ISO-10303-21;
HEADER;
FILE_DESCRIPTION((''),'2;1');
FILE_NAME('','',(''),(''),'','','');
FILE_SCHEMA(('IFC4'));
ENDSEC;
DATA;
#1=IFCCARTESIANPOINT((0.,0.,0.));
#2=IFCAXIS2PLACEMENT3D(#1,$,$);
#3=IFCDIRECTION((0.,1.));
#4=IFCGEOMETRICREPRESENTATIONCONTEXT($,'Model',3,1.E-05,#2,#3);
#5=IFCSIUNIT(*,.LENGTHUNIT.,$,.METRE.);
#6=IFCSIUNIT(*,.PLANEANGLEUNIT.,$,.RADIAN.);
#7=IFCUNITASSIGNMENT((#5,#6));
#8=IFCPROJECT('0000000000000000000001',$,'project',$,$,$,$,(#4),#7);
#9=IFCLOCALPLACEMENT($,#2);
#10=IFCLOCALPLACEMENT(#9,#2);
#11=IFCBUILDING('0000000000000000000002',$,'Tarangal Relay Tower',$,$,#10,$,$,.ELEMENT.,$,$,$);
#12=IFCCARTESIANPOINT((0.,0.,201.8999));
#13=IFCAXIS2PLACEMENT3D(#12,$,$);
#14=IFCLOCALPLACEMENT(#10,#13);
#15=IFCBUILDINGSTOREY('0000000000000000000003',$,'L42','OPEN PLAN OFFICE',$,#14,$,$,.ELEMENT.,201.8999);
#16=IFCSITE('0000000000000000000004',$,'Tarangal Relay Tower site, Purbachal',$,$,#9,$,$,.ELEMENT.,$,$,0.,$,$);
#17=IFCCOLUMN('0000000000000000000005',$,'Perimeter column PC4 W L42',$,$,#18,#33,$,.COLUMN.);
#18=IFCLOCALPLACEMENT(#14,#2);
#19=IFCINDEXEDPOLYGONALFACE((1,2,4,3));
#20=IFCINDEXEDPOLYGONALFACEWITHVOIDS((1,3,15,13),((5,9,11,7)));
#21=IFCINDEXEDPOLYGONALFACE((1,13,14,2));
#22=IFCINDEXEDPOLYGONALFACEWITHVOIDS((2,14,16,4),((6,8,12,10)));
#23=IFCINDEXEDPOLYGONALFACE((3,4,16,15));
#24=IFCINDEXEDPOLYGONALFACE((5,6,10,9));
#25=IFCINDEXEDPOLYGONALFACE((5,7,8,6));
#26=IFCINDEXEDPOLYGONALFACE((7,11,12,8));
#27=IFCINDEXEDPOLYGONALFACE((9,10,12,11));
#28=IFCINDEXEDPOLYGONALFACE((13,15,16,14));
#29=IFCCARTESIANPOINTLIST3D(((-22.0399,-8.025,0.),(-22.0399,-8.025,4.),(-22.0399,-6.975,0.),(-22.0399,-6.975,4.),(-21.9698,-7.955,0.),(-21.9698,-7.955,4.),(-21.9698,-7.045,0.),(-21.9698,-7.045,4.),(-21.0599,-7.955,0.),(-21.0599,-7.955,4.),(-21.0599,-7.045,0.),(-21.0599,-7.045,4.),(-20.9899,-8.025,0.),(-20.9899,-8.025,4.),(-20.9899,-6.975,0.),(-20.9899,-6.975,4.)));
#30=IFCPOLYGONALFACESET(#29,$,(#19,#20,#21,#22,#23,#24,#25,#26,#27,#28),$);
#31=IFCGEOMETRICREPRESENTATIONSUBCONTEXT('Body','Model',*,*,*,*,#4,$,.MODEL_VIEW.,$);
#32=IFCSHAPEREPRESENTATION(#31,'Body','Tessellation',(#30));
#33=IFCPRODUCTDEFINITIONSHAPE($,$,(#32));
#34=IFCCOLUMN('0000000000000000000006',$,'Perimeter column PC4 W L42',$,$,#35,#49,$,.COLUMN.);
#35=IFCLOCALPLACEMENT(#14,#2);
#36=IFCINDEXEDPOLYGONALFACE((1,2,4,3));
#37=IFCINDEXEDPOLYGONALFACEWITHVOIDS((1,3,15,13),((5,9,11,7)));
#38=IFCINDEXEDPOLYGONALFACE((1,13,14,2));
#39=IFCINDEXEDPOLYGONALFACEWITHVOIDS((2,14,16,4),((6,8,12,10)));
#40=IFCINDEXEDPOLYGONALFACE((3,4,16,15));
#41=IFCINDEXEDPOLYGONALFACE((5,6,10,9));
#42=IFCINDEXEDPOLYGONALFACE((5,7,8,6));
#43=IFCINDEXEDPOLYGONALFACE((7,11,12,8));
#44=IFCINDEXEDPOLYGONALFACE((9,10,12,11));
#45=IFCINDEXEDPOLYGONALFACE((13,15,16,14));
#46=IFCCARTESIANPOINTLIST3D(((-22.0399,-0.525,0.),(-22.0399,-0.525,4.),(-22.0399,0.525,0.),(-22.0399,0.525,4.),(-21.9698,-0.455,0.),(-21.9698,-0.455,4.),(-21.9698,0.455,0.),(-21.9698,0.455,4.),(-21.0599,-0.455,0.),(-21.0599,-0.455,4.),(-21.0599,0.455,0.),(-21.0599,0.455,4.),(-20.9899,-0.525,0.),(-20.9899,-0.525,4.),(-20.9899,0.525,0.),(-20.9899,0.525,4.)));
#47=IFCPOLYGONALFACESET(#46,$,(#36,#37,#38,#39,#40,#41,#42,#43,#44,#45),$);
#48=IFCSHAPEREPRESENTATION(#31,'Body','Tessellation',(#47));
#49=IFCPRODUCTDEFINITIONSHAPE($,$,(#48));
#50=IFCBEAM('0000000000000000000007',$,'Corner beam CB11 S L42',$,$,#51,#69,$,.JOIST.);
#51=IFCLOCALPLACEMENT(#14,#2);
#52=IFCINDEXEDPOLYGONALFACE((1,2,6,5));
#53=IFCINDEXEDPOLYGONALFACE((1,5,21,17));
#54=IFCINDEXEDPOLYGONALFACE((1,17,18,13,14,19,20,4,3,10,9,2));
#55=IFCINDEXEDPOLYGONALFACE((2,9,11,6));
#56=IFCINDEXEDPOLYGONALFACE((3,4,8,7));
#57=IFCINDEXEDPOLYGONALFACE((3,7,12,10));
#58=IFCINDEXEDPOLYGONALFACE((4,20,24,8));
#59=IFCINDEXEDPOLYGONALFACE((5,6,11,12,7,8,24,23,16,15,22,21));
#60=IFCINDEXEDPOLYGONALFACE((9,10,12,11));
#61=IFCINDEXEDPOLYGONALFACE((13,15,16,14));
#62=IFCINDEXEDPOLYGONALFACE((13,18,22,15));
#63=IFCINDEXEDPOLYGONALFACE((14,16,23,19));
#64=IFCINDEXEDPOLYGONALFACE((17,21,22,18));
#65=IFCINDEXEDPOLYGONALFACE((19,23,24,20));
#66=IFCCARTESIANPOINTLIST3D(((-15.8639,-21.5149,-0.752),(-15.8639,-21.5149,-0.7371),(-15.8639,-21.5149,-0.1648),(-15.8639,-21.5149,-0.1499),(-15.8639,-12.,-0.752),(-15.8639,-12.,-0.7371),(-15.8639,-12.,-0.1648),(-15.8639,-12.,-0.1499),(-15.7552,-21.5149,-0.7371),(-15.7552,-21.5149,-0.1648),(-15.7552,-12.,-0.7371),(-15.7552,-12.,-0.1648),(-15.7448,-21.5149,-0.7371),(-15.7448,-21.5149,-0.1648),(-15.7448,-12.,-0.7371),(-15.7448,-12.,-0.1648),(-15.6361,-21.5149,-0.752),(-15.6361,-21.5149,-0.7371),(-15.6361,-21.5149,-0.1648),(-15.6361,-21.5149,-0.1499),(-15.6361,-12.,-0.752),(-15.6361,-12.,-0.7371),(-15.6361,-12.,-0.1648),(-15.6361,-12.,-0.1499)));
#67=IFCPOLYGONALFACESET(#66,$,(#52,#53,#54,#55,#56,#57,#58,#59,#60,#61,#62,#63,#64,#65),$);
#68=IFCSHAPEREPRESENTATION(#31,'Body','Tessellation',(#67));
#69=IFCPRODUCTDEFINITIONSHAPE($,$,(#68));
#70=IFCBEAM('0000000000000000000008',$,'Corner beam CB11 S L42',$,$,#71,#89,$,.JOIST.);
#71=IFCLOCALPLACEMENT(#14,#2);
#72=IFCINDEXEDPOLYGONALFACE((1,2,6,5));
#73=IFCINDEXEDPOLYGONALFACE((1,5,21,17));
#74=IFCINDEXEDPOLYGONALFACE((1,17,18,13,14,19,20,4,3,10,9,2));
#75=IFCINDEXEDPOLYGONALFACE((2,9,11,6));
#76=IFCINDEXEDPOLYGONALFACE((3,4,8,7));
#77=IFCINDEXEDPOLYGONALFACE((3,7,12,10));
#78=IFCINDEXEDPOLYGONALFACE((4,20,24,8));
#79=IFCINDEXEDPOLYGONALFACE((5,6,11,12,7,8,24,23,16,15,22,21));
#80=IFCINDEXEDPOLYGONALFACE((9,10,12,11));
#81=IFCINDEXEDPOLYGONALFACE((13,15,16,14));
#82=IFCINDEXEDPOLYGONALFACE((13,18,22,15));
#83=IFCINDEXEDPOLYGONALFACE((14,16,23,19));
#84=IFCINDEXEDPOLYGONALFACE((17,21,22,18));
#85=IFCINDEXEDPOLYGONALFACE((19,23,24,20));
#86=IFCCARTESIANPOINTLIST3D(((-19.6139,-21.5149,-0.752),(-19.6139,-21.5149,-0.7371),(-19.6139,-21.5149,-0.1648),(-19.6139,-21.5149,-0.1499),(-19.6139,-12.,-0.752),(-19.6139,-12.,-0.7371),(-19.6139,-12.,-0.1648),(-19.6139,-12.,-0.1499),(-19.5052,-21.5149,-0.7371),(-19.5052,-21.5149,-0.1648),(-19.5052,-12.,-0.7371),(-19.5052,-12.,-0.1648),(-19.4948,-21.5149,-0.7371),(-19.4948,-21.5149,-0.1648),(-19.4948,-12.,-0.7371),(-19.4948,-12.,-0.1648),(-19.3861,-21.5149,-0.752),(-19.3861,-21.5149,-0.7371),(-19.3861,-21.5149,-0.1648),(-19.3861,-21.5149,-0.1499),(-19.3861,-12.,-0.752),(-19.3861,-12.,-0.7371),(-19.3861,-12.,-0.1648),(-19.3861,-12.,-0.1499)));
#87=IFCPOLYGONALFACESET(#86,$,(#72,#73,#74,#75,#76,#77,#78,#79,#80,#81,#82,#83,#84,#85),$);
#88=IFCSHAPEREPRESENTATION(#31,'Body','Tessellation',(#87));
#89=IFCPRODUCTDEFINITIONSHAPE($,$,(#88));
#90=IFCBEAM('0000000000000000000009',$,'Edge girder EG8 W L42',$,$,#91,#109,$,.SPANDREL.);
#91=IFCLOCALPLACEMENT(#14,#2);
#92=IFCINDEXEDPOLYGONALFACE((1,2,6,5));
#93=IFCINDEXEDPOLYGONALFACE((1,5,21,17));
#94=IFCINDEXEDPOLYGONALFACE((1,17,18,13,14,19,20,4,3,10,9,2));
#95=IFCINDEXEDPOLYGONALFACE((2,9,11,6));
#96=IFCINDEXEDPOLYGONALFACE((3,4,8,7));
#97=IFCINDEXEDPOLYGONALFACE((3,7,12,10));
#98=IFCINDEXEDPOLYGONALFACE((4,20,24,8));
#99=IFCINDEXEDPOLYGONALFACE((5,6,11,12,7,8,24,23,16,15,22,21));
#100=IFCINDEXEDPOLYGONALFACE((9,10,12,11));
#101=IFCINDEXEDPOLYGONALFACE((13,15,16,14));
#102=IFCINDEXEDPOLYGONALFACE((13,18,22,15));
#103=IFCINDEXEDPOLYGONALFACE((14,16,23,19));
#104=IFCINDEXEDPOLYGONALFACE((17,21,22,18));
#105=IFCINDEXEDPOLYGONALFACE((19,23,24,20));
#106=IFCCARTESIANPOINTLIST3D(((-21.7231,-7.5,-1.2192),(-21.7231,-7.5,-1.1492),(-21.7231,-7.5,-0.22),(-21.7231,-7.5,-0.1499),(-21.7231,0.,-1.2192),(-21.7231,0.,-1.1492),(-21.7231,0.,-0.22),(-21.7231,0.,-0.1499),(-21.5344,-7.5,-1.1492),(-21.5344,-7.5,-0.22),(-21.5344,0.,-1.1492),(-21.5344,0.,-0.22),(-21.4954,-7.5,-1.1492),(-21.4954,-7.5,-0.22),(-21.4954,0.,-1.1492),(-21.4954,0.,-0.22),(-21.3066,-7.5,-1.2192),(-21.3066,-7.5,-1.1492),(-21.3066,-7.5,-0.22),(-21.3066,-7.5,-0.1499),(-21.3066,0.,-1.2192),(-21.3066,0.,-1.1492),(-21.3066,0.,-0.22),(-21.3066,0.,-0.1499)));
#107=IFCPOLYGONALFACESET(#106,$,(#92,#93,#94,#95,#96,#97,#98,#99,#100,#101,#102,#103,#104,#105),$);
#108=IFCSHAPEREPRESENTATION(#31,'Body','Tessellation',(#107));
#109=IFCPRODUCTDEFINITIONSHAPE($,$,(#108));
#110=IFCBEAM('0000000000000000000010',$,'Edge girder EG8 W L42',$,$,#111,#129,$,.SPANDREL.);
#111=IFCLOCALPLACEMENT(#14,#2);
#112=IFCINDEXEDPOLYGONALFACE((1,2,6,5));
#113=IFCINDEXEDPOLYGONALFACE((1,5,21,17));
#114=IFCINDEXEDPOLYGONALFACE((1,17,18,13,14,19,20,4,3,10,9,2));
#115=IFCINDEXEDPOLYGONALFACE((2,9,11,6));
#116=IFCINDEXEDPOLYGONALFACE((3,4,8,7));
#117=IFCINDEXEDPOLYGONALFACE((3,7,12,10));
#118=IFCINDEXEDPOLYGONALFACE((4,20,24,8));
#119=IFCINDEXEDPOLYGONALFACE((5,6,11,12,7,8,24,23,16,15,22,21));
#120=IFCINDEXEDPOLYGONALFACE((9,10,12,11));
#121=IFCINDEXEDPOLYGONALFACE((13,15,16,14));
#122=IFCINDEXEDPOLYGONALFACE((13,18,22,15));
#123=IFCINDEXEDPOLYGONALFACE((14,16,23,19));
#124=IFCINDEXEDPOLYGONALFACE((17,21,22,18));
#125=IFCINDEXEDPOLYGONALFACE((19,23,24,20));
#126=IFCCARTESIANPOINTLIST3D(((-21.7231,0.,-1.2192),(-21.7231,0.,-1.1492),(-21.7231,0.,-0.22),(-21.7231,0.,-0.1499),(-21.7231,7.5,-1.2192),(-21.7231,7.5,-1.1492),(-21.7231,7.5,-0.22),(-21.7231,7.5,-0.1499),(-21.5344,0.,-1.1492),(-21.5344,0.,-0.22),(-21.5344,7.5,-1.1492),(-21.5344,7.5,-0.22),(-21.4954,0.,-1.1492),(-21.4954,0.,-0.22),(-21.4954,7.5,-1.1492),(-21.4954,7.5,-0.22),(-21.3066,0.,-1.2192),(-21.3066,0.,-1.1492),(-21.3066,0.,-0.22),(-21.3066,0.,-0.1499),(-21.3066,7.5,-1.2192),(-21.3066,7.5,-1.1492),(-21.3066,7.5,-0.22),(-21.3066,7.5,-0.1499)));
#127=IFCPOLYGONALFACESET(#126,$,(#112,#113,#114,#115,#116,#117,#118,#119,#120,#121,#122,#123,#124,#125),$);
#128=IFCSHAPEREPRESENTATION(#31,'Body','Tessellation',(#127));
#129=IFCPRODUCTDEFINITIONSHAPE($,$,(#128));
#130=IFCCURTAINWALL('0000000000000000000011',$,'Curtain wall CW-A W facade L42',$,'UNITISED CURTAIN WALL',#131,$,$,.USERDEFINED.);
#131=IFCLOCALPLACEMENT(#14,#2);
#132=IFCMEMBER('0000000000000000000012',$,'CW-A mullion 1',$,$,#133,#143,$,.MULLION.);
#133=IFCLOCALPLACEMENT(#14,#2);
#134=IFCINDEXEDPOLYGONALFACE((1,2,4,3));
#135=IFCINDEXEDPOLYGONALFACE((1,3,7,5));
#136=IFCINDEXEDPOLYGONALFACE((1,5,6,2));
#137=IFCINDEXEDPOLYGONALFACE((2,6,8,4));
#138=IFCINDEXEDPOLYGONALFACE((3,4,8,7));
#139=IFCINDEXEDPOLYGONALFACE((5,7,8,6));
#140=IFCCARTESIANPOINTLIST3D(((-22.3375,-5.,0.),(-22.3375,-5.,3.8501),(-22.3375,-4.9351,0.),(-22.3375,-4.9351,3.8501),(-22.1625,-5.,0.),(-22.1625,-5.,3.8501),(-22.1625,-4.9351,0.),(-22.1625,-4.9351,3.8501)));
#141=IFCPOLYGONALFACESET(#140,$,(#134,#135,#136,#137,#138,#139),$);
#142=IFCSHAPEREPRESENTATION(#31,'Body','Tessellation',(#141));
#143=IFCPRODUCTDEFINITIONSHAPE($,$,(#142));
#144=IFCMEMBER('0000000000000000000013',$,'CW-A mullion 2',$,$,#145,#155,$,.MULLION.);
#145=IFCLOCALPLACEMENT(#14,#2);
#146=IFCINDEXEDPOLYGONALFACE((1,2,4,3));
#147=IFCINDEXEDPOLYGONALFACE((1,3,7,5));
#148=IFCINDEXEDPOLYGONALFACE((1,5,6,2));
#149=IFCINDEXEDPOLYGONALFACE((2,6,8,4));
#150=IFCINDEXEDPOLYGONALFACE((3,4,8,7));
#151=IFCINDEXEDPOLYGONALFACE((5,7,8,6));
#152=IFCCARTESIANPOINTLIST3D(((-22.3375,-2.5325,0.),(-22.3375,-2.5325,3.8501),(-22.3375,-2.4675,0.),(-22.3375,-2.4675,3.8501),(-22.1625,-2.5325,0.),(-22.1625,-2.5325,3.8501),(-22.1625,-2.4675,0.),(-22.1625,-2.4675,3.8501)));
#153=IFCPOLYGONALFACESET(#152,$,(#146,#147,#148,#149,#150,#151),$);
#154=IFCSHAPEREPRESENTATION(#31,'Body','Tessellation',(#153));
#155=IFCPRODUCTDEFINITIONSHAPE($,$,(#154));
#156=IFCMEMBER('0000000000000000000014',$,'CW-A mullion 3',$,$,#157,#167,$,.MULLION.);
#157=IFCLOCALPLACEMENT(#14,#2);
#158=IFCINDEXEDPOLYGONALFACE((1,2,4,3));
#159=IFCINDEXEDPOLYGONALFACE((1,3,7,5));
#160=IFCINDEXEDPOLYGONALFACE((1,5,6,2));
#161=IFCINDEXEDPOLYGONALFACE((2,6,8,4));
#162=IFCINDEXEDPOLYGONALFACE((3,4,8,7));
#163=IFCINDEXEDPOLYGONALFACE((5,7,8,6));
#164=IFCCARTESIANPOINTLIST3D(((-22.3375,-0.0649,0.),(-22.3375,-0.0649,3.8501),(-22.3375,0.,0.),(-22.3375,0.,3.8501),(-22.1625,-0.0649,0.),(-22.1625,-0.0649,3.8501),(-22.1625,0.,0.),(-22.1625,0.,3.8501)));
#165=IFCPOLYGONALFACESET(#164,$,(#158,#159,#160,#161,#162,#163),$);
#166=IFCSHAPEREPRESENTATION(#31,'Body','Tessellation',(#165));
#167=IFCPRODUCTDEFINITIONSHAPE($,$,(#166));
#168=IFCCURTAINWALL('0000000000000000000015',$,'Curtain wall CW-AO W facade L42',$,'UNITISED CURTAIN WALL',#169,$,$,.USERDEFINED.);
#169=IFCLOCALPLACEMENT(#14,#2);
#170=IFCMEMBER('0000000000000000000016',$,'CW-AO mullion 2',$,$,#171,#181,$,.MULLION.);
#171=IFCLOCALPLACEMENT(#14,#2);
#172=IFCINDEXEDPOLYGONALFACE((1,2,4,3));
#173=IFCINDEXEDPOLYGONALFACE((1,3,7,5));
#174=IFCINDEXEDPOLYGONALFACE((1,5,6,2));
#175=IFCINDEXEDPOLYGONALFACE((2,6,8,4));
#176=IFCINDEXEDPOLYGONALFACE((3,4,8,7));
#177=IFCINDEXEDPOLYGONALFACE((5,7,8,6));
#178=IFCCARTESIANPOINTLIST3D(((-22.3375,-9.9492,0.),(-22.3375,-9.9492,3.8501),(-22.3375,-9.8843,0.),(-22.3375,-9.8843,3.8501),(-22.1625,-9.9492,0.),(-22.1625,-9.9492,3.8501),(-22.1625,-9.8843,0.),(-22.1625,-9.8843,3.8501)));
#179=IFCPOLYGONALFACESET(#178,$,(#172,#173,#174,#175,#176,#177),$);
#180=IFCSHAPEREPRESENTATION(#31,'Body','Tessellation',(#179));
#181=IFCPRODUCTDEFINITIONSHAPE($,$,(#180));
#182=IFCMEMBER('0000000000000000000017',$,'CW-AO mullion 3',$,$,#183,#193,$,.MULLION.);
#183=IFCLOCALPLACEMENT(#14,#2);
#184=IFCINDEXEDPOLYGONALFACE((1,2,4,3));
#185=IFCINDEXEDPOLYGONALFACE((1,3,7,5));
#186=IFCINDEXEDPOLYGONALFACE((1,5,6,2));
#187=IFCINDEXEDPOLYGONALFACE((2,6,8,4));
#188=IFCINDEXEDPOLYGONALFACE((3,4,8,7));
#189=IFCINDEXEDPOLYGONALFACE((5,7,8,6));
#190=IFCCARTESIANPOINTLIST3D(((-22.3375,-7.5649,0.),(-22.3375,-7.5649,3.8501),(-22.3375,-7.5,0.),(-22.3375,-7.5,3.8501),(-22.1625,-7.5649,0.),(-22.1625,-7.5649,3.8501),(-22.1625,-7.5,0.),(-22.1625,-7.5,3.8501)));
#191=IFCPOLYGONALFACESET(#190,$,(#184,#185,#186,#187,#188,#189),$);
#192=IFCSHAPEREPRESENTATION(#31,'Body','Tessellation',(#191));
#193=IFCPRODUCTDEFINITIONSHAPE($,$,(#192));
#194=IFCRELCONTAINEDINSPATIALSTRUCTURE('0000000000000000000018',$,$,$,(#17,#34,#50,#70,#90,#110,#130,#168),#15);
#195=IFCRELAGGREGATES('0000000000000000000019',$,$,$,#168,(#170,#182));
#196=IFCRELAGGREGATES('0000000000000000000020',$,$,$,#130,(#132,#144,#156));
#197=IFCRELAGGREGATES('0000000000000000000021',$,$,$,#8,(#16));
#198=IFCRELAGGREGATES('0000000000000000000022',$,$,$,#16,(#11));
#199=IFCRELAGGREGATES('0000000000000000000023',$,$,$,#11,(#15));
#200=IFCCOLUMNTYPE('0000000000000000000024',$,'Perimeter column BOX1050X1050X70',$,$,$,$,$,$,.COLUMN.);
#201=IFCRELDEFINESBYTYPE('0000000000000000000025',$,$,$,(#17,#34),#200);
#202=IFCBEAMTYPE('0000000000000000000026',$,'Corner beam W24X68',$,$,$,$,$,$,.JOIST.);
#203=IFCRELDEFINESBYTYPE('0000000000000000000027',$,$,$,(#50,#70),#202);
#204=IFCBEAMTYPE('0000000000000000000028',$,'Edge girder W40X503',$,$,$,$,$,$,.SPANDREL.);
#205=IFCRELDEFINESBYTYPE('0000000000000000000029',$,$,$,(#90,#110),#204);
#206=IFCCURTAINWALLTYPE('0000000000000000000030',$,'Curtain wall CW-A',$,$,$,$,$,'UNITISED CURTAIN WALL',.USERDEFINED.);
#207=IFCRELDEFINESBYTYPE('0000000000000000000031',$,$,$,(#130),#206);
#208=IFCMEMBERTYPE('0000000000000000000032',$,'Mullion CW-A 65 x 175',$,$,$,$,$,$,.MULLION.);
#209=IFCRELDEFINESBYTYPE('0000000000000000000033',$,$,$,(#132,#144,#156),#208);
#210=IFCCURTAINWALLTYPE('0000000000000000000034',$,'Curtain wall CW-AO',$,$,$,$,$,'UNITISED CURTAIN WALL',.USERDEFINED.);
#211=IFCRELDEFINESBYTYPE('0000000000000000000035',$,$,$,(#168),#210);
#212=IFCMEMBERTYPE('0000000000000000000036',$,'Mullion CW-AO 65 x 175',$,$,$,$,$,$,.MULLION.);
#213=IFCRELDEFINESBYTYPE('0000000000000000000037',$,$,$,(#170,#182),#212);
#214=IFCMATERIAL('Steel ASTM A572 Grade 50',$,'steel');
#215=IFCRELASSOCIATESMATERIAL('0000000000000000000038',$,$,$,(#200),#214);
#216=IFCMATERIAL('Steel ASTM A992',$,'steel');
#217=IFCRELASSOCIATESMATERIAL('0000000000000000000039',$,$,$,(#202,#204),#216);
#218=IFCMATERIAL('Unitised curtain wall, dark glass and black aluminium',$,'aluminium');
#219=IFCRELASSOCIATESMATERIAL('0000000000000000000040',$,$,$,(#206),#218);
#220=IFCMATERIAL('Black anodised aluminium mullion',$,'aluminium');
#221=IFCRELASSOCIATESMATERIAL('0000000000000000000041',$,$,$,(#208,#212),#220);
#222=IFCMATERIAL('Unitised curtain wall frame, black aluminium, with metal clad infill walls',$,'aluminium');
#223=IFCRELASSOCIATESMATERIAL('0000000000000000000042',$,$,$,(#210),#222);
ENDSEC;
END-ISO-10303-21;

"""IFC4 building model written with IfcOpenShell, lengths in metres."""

from ifc_helpers import new_model, si_unit, direction, frame, origin, origin_2d, place, context, subcontext, project, spatial, rectangle, hollow_rectangle, i_section, extrude, material, material_profile, profile_set, type_object, element, aggregate, save


model = new_model("IFC4")

# Units and contexts
model_context = context("Model", 3, precision=1e-05, world=origin(), true_north=direction((0.0, 1.0)))
body_context = subcontext(model_context, "Body", "Model", "MODEL_VIEW")
ifc_project = project(units=[si_unit("LENGTHUNIT", "METRE"), si_unit("PLANEANGLEUNIT", "RADIAN")], contexts=[model_context])

# Site, building, storey
site_placement = place(None, origin())
site = spatial("IfcSite", under=ifc_project, at=site_placement, Name="Tarangal Relay Tower site, Purbachal", CompositionType="ELEMENT", RefElevation=0.0)
building_placement = place(site_placement, origin())
building = spatial("IfcBuilding", under=site, at=building_placement, Name="Tarangal Relay Tower", CompositionType="ELEMENT")
storey_placement = place(building_placement, frame((0.0, 0.0, 201.8999)))
storey = spatial("IfcBuildingStorey", under=building, at=storey_placement, Name="L42", Description="OPEN PLAN OFFICE", CompositionType="ELEMENT", Elevation=201.8999)

# Columns
ifc_material_1 = material(Name="Steel ASTM A572 Grade 50", Category="steel")
ifc_material_profile_1 = material_profile(ifc_material_1, hollow_rectangle(XDim=1.05, YDim=1.05, WallThickness=0.0701, at=origin_2d()), Name="BOX1050X1050X70")
ifc_profile_set_1 = profile_set([ifc_material_profile_1], Name="Steel ASTM A572 Grade 50")
column_type = type_object("IfcColumnType", Name="Perimeter column BOX1050X1050X70", PredefinedType="COLUMN", material=ifc_profile_set_1)
for number, where, z_axis, x_axis, name in (
    (1, (-21.5149, -7.5, 0.0), (0.0, 0.0, 1.0), (1.0, 0.0, 0.0), "Perimeter column PC4 W L42"),
    (2, (-21.5149, 0.0, 0.0), (0.0, 0.0, 1.0), (1.0, 0.0, 0.0), "Perimeter column PC4 W L42"),
):
    element("IfcColumn", number, at=place(storey_placement, frame(where, z_axis=z_axis, x_axis=x_axis)), inside=storey, type_object=column_type, Name=name, PredefinedType="COLUMN", context=body_context, shape_type="SweptSolid", body=[
        extrude(hollow_rectangle(XDim=1.05, YDim=1.05, WallThickness=0.0701, at=origin_2d()), origin(), (0.0, 0.0, 1.0), 4.0),
    ])

# Beams
ifc_material_2 = material(Name="Steel ASTM A992", Category="steel")
ifc_material_profile_2 = material_profile(ifc_material_2, i_section(OverallWidth=0.2278, OverallDepth=0.6021, WebThickness=0.0105, FlangeThickness=0.0149, at=origin_2d()), Name="W24X68")
ifc_profile_set_2 = profile_set([ifc_material_profile_2], Name="Steel ASTM A992")
beam_type_1 = type_object("IfcBeamType", Name="Corner beam W24X68", PredefinedType="JOIST", material=ifc_profile_set_2)
for number, where, z_axis, x_axis, name in (
    (3, (-15.75, -12.0, -0.4509), (0.0, -1.0, 0.0), (1.0, 0.0, 0.0), "Corner beam CB11 S L42"),
    (4, (-19.5, -12.0, -0.4509), (0.0, -1.0, 0.0), (1.0, 0.0, 0.0), "Corner beam CB11 S L42"),
):
    element("IfcBeam", number, at=place(storey_placement, frame(where, z_axis=z_axis, x_axis=x_axis)), inside=storey, type_object=beam_type_1, Name=name, PredefinedType="JOIST", context=body_context, shape_type="SweptSolid", body=[
        extrude(i_section(OverallWidth=0.2278, OverallDepth=0.6021, WebThickness=0.0105, FlangeThickness=0.0149, at=origin_2d()), origin(), (0.0, 0.0, 1.0), 9.5149),
    ])
ifc_material_profile_3 = material_profile(ifc_material_2, i_section(OverallWidth=0.4165, OverallDepth=1.0693, WebThickness=0.0391, FlangeThickness=0.0701, at=origin_2d()), Name="W40X503")
ifc_profile_set_3 = profile_set([ifc_material_profile_3], Name="Steel ASTM A992")
beam_type_2 = type_object("IfcBeamType", Name="Edge girder W40X503", PredefinedType="SPANDREL", material=ifc_profile_set_3)
for number, where, z_axis, x_axis, name in (
    (5, (-21.5149, -7.5, -0.6846), (0.0, 1.0, 0.0), (-1.0, 0.0, 0.0), "Edge girder EG8 W L42"),
    (6, (-21.5149, 0.0, -0.6846), (0.0, 1.0, 0.0), (-1.0, 0.0, 0.0), "Edge girder EG8 W L42"),
):
    element("IfcBeam", number, at=place(storey_placement, frame(where, z_axis=z_axis, x_axis=x_axis)), inside=storey, type_object=beam_type_2, Name=name, PredefinedType="SPANDREL", context=body_context, shape_type="SweptSolid", body=[
        extrude(i_section(OverallWidth=0.4165, OverallDepth=1.0693, WebThickness=0.0391, FlangeThickness=0.0701, at=origin_2d()), origin(), (0.0, 0.0, 1.0), 7.5),
    ])

# Curtain walls, members
ifc_material_3 = material(Name="Unitised curtain wall, dark glass and black aluminium", Category="aluminium")
curtain_wall_type_1 = type_object("IfcCurtainWallType", Name="Curtain wall CW-A", ElementType="UNITISED CURTAIN WALL", PredefinedType="USERDEFINED", material=ifc_material_3)
curtain_wall_1_placement = place(storey_placement, origin())
curtain_wall_1 = element("IfcCurtainWall", 7, at=curtain_wall_1_placement, inside=storey, type_object=curtain_wall_type_1, Name="Curtain wall CW-A W facade L42", ObjectType="UNITISED CURTAIN WALL", PredefinedType="USERDEFINED")
ifc_material_4 = material(Name="Black anodised aluminium mullion", Category="aluminium")
ifc_material_profile_4 = material_profile(ifc_material_4, rectangle(XDim=0.175, YDim=0.0649, at=origin_2d()), Name="CW-AM 65X175")
ifc_profile_set_4 = profile_set([ifc_material_profile_4], Name="Black anodised aluminium mullion")
member_type_1 = type_object("IfcMemberType", Name="Mullion CW-A 65 x 175", PredefinedType="MULLION", material=ifc_profile_set_4)
member_1_placement = place(storey_placement, frame((-22.25, -4.9675, 0.0), z_axis=(0.0, 0.0, 1.0), x_axis=(-1.0, 0.0, 0.0)))
member_1 = element("IfcMember", 8, at=member_1_placement, type_object=member_type_1, Name="CW-A mullion 1", PredefinedType="MULLION", context=body_context, shape_type="SweptSolid", body=[
    extrude(rectangle(XDim=0.175, YDim=0.0649, at=origin_2d()), origin(), (0.0, 0.0, 1.0), 3.8501),
])
member_2_placement = place(storey_placement, frame((-22.25, -2.5, 0.0), z_axis=(0.0, 0.0, 1.0), x_axis=(-1.0, 0.0, 0.0)))
member_2 = element("IfcMember", 9, at=member_2_placement, type_object=member_type_1, Name="CW-A mullion 2", PredefinedType="MULLION", context=body_context, shape_type="SweptSolid", body=[
    extrude(rectangle(XDim=0.175, YDim=0.0649, at=origin_2d()), origin(), (0.0, 0.0, 1.0), 3.8501),
])
member_3_placement = place(storey_placement, frame((-22.25, -0.0325, 0.0), z_axis=(0.0, 0.0, 1.0), x_axis=(-1.0, 0.0, 0.0)))
member_3 = element("IfcMember", 10, at=member_3_placement, type_object=member_type_1, Name="CW-A mullion 3", PredefinedType="MULLION", context=body_context, shape_type="SweptSolid", body=[
    extrude(rectangle(XDim=0.175, YDim=0.0649, at=origin_2d()), origin(), (0.0, 0.0, 1.0), 3.8501),
])
ifc_material_5 = material(Name="Unitised curtain wall frame, black aluminium, with metal clad infill walls", Category="aluminium")
curtain_wall_type_2 = type_object("IfcCurtainWallType", Name="Curtain wall CW-AO", ElementType="UNITISED CURTAIN WALL", PredefinedType="USERDEFINED", material=ifc_material_5)
curtain_wall_2_placement = place(storey_placement, origin())
curtain_wall_2 = element("IfcCurtainWall", 11, at=curtain_wall_2_placement, inside=storey, type_object=curtain_wall_type_2, Name="Curtain wall CW-AO W facade L42", ObjectType="UNITISED CURTAIN WALL", PredefinedType="USERDEFINED")
ifc_material_profile_5 = material_profile(ifc_material_4, rectangle(XDim=0.175, YDim=0.0649, at=origin_2d()), Name="CW-AOM 65X175")
ifc_profile_set_5 = profile_set([ifc_material_profile_5], Name="Black anodised aluminium mullion")
member_type_2 = type_object("IfcMemberType", Name="Mullion CW-AO 65 x 175", PredefinedType="MULLION", material=ifc_profile_set_5)
member_4_placement = place(storey_placement, frame((-22.25, -9.9167, 0.0), z_axis=(0.0, 0.0, 1.0), x_axis=(-1.0, 0.0, 0.0)))
member_4 = element("IfcMember", 12, at=member_4_placement, type_object=member_type_2, Name="CW-AO mullion 2", PredefinedType="MULLION", context=body_context, shape_type="SweptSolid", body=[
    extrude(rectangle(XDim=0.175, YDim=0.0649, at=origin_2d()), origin(), (0.0, 0.0, 1.0), 3.8501),
])
member_5_placement = place(storey_placement, frame((-22.25, -7.5325, 0.0), z_axis=(0.0, 0.0, 1.0), x_axis=(-1.0, 0.0, 0.0)))
member_5 = element("IfcMember", 13, at=member_5_placement, type_object=member_type_2, Name="CW-AO mullion 3", PredefinedType="MULLION", context=body_context, shape_type="SweptSolid", body=[
    extrude(rectangle(XDim=0.175, YDim=0.0649, at=origin_2d()), origin(), (0.0, 0.0, 1.0), 3.8501),
])

aggregate(curtain_wall_2, [member_4, member_5])

aggregate(curtain_wall_1, [member_1, member_2, member_3])

save(model, "model.ifc")
